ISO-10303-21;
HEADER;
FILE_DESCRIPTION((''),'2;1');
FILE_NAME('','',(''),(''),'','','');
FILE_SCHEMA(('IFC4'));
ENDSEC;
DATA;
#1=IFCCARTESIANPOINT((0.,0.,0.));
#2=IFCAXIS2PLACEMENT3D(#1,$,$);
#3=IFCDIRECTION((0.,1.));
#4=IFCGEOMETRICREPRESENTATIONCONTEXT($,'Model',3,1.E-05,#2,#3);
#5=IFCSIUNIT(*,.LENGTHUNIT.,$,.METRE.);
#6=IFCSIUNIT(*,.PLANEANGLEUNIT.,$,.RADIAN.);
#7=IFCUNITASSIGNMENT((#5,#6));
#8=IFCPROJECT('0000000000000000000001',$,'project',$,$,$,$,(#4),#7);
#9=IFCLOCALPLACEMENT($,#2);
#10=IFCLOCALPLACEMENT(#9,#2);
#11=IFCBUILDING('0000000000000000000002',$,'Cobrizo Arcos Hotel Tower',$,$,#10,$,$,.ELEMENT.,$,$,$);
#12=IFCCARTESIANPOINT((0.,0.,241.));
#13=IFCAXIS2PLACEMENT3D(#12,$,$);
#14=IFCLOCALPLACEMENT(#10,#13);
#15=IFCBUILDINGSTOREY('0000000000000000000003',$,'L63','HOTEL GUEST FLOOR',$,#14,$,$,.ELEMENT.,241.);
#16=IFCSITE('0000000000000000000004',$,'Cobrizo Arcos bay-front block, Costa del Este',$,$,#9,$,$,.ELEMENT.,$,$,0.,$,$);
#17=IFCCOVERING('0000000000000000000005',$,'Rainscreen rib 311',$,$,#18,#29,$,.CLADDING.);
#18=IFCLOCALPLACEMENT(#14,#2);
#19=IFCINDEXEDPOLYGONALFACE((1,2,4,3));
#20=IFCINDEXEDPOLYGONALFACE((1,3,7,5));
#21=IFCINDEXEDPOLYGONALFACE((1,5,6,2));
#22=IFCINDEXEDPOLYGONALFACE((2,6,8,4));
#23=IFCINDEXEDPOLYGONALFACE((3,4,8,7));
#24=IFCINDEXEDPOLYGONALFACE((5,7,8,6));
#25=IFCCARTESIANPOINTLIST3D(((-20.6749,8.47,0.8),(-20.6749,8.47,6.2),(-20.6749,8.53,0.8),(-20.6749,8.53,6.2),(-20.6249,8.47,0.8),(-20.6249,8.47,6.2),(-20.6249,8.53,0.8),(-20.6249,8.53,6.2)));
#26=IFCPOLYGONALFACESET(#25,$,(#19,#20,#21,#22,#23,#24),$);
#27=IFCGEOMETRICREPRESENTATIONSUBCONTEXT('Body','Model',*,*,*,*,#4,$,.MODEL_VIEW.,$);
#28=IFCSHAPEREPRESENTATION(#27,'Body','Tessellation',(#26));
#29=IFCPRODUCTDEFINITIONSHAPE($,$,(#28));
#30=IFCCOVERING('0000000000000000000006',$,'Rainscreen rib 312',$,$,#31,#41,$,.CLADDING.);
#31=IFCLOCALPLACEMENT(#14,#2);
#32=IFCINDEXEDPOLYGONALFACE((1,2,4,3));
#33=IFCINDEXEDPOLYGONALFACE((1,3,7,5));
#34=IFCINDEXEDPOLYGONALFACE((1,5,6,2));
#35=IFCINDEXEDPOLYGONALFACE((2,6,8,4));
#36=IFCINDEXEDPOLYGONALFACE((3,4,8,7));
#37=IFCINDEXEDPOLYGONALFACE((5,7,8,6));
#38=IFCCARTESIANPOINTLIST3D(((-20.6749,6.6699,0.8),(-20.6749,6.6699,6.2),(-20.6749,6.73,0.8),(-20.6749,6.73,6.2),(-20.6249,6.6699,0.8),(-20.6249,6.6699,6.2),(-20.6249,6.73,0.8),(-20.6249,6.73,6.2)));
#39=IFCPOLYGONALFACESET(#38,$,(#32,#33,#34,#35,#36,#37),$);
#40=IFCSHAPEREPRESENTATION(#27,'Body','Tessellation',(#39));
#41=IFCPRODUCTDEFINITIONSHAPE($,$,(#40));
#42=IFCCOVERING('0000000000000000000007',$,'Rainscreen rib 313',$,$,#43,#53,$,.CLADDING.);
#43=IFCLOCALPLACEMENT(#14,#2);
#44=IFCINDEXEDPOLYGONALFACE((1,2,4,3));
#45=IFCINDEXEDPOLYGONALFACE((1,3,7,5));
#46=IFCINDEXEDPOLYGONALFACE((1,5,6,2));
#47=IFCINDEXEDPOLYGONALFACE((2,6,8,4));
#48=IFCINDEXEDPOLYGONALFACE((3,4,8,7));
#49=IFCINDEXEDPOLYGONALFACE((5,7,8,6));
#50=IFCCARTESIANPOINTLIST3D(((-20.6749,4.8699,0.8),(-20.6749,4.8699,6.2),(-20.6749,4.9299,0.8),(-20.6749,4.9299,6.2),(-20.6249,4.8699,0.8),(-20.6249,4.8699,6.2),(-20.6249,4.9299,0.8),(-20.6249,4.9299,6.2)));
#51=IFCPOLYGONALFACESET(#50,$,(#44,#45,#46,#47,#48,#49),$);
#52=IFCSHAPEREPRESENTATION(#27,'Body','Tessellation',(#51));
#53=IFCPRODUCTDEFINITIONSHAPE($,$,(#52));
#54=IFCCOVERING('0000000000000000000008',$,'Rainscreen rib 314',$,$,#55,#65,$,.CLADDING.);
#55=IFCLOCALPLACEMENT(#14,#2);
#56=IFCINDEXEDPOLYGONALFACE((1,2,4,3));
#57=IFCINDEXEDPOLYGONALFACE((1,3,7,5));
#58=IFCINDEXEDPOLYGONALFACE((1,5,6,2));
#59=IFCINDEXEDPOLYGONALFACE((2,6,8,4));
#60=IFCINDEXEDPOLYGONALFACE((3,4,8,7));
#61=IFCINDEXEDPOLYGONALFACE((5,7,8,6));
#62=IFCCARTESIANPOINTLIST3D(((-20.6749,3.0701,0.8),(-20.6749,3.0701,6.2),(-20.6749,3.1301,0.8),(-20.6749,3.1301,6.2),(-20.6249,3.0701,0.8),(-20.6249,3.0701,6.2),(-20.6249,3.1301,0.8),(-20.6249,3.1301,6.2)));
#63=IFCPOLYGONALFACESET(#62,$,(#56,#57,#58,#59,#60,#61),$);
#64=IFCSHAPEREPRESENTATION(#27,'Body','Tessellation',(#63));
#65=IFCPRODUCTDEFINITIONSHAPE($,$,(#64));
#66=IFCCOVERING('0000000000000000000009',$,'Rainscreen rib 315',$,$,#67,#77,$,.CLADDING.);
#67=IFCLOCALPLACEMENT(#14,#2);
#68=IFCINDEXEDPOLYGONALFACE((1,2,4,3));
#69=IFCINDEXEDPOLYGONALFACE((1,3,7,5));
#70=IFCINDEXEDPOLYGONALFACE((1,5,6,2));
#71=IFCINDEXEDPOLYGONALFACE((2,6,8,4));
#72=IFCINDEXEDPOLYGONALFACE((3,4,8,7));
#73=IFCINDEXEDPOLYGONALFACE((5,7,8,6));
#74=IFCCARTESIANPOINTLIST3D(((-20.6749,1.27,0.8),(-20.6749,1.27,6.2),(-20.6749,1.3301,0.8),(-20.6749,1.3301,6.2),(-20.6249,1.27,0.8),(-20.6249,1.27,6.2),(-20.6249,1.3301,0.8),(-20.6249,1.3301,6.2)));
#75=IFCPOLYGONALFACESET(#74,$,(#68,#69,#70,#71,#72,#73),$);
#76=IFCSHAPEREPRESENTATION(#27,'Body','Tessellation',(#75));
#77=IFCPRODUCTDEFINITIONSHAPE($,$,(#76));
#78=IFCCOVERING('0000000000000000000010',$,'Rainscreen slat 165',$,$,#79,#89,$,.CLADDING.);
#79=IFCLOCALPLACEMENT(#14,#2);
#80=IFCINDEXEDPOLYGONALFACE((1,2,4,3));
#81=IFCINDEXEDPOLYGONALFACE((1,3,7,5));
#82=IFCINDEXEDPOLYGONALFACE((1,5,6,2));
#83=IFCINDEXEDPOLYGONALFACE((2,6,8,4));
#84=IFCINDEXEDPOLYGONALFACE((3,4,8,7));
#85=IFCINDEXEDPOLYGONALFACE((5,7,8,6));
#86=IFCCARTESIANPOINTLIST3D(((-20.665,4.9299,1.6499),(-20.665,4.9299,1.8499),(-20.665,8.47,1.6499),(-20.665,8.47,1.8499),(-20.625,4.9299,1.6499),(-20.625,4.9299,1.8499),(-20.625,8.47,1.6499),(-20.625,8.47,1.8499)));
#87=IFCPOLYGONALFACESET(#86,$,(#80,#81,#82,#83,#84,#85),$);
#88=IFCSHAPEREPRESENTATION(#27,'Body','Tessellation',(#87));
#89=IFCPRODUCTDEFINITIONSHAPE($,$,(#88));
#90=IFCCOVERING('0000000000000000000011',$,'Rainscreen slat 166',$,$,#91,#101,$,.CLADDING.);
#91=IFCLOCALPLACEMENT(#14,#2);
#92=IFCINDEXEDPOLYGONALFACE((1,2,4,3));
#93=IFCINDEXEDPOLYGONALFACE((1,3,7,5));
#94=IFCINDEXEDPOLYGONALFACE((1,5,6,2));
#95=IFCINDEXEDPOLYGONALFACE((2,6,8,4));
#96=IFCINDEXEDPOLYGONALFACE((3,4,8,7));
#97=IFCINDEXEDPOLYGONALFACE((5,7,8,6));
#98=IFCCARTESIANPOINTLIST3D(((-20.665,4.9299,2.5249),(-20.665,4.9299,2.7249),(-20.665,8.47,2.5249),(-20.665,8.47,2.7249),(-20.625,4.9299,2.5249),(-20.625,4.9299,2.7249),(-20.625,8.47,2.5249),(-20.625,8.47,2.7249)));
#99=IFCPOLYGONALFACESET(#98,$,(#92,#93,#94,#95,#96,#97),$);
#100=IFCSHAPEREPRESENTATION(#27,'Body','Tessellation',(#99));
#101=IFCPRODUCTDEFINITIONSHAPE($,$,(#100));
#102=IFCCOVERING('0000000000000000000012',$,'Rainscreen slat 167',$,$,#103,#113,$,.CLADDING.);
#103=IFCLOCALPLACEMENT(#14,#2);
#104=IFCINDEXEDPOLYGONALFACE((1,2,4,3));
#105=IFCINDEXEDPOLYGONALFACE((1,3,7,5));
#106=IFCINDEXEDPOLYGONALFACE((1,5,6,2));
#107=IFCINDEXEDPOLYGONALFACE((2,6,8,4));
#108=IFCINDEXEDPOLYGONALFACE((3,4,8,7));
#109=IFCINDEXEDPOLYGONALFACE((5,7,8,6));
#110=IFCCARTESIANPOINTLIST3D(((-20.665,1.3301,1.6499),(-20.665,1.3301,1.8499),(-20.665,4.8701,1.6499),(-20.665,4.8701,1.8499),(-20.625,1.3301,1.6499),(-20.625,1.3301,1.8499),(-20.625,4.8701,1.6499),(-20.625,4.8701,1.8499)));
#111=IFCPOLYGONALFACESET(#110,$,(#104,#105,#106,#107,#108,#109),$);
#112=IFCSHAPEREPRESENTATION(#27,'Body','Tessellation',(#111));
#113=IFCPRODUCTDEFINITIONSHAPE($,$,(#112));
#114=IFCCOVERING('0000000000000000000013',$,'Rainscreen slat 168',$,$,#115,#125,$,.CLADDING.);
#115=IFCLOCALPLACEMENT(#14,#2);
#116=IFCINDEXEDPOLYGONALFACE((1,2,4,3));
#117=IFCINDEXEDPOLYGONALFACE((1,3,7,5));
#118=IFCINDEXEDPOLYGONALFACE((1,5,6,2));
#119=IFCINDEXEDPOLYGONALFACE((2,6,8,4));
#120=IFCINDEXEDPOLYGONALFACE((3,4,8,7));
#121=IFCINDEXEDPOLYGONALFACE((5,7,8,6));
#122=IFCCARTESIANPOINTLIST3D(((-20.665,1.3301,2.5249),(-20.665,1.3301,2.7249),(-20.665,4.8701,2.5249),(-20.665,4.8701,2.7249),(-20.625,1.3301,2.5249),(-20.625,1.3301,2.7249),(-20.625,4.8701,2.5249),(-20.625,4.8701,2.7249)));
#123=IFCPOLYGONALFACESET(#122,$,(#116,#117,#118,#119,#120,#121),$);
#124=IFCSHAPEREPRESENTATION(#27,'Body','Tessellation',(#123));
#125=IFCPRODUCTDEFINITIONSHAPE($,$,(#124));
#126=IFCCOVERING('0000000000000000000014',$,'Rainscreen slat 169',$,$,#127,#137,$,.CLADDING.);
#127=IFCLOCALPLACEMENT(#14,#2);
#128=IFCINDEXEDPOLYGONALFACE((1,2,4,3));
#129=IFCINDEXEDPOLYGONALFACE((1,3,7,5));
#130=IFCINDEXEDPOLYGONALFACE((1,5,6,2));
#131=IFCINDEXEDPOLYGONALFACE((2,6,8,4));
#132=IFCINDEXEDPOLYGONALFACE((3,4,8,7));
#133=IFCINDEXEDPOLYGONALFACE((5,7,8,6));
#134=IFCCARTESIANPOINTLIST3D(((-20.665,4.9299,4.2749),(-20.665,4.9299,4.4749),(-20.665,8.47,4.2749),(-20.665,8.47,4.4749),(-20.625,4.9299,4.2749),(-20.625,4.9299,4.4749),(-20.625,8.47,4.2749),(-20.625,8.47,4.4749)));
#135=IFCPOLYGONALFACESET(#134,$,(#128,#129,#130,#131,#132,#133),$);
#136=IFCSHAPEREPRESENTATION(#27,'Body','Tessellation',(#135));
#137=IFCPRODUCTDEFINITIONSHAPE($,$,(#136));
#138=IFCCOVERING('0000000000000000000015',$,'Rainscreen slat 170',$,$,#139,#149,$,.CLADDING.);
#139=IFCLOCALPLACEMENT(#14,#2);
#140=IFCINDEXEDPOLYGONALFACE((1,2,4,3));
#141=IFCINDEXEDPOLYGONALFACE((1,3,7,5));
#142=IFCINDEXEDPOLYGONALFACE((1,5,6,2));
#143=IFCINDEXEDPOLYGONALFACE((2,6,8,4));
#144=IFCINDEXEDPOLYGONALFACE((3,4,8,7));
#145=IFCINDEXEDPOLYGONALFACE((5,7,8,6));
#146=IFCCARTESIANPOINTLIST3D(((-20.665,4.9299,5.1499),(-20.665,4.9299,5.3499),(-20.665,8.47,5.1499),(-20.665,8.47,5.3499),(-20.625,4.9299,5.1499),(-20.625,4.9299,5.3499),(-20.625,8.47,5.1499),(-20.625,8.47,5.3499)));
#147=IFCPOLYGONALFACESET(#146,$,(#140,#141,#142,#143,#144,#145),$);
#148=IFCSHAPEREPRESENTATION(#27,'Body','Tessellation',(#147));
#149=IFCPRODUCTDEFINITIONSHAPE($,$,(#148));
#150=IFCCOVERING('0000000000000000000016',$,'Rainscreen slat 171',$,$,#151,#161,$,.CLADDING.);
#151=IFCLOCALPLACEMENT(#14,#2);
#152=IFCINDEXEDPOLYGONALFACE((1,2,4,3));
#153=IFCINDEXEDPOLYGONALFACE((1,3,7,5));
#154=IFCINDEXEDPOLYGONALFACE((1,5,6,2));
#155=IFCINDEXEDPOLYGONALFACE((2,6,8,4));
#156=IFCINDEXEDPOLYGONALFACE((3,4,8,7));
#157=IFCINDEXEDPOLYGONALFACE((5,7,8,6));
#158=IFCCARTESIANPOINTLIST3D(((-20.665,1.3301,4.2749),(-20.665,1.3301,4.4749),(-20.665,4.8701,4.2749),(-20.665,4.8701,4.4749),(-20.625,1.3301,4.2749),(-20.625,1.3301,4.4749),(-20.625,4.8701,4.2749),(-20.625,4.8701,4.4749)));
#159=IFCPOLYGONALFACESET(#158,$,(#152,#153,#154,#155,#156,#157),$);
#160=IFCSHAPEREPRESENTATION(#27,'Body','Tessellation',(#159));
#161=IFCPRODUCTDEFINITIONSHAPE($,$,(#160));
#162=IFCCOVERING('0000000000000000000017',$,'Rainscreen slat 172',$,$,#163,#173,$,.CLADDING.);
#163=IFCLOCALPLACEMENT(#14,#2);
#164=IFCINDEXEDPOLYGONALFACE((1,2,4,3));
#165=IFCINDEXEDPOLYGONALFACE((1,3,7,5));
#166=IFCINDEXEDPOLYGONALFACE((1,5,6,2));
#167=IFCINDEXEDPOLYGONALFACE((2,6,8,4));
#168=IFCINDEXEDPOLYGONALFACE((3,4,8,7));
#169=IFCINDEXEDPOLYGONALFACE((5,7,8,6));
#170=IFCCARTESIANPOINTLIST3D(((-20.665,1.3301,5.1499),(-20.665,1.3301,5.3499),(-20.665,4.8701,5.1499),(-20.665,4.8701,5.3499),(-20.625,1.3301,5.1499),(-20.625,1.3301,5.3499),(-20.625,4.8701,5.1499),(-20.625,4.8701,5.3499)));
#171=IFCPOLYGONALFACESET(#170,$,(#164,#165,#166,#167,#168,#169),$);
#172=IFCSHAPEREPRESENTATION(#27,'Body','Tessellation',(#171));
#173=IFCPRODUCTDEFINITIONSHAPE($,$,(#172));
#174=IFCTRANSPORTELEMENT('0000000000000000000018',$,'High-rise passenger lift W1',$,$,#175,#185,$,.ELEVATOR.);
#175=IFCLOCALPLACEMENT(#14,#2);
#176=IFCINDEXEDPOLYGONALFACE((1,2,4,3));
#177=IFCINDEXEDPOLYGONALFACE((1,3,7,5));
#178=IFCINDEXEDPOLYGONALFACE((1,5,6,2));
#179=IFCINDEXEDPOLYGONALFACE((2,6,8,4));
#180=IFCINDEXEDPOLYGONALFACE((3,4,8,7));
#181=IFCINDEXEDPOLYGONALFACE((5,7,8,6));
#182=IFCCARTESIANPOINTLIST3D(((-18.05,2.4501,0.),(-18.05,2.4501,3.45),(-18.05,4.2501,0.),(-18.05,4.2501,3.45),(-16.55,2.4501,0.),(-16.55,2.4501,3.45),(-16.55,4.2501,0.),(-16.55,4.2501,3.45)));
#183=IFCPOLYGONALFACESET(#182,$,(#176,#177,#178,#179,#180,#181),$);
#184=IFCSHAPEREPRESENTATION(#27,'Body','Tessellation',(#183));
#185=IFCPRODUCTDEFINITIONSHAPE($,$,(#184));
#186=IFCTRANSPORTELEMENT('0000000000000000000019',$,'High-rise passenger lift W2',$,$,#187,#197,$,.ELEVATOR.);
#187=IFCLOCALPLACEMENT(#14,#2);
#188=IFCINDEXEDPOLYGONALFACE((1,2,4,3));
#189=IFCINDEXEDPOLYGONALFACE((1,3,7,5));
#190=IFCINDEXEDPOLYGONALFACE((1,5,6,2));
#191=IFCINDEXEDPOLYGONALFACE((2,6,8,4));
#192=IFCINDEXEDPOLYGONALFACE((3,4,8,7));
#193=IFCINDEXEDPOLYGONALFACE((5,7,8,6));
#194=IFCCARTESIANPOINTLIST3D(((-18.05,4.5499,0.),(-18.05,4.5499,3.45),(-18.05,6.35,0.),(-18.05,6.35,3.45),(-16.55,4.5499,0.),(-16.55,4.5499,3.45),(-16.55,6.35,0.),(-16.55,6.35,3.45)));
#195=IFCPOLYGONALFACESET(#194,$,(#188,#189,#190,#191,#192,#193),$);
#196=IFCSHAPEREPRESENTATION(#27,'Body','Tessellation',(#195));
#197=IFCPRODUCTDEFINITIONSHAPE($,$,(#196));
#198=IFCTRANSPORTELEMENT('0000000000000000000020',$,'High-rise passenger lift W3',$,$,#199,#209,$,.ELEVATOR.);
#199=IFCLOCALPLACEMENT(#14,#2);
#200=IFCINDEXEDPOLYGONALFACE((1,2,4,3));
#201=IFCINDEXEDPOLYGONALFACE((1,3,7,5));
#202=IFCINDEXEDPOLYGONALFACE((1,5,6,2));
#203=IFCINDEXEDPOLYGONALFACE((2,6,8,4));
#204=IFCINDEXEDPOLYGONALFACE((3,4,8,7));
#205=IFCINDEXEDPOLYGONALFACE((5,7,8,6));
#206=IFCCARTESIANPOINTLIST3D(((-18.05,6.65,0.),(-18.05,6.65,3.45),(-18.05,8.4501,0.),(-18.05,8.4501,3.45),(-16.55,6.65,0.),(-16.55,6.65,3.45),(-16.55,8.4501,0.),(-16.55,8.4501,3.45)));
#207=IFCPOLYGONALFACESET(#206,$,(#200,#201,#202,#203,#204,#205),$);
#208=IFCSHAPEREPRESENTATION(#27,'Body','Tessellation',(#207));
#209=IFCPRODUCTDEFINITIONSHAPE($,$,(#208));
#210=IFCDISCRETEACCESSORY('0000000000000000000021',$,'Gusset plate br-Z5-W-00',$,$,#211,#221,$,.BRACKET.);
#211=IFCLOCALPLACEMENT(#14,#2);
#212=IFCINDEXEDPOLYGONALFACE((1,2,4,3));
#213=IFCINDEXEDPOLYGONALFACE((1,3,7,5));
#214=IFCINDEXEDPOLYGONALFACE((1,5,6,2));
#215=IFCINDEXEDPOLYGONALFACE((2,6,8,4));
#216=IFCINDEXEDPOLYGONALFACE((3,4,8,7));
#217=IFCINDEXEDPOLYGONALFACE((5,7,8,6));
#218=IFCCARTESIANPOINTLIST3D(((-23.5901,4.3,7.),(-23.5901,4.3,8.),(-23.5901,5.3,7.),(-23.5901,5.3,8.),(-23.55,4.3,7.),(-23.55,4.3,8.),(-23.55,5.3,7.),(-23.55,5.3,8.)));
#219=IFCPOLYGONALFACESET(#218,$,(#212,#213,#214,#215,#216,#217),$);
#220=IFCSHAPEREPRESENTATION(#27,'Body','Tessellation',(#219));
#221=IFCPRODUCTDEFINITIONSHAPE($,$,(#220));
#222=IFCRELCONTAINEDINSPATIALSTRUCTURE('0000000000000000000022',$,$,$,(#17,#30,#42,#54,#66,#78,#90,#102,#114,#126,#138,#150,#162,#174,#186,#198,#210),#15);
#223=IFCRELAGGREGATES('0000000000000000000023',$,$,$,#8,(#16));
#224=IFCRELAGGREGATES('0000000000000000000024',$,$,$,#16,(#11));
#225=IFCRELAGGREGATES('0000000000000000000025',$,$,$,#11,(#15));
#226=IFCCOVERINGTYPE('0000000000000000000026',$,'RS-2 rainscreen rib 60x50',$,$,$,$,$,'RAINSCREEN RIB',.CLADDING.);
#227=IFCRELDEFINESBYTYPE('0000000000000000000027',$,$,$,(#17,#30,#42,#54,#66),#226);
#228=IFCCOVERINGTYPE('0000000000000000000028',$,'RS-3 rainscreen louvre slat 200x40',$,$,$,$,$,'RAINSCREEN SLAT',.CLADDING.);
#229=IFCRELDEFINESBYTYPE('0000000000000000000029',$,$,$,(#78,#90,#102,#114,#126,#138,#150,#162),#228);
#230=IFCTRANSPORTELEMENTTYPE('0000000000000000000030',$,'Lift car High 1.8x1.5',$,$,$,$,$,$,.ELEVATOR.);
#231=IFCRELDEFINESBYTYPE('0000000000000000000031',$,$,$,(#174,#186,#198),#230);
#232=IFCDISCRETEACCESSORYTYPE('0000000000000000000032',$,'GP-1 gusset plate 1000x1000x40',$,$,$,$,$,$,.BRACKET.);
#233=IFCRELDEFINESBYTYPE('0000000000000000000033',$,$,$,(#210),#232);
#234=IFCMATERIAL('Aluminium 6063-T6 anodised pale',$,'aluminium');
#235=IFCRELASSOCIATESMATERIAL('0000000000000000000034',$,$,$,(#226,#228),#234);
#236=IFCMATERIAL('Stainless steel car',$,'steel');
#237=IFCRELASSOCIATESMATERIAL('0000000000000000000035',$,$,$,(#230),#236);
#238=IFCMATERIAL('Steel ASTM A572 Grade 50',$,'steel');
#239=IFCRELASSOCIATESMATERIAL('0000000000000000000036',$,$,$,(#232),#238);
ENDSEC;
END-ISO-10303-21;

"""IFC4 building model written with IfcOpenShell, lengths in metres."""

from ifc_helpers import new_model, si_unit, direction, frame, origin, origin_2d, place, context, subcontext, project, spatial, rectangle, extrude, material, type_object, element, save


model = new_model("IFC4")

# Units and contexts
model_context = context("Model", 3, precision=1e-05, world=origin(), true_north=direction((0.0, 1.0)))
body_context = subcontext(model_context, "Body", "Model", "MODEL_VIEW")
ifc_project = project(units=[si_unit("LENGTHUNIT", "METRE"), si_unit("PLANEANGLEUNIT", "RADIAN")], contexts=[model_context])

# Site, building, storey
site_placement = place(None, origin())
site = spatial("IfcSite", under=ifc_project, at=site_placement, Name="Cobrizo Arcos bay-front block, Costa del Este", CompositionType="ELEMENT", RefElevation=0.0)
building_placement = place(site_placement, origin())
building = spatial("IfcBuilding", under=site, at=building_placement, Name="Cobrizo Arcos Hotel Tower", CompositionType="ELEMENT")
storey_placement = place(building_placement, frame((0.0, 0.0, 241.0)))
storey = spatial("IfcBuildingStorey", under=building, at=storey_placement, Name="L63", Description="HOTEL GUEST FLOOR", CompositionType="ELEMENT", Elevation=241.0)

# Coverings
ifc_material_1 = material(Name="Aluminium 6063-T6 anodised pale", Category="aluminium")
covering_type_1 = type_object("IfcCoveringType", Name="RS-2 rainscreen rib 60x50", ElementType="RAINSCREEN RIB", PredefinedType="CLADDING", material=ifc_material_1)
for number, where, z_axis, x_axis, name in (
    (1, (-20.6499, 8.5, 0.8), (0.0, 0.0, 1.0), (0.0, -1.0, 0.0), "Rainscreen rib 311"),
    (2, (-20.6499, 6.7, 0.8), (0.0, 0.0, 1.0), (0.0, -1.0, 0.0), "Rainscreen rib 312"),
    (3, (-20.6499, 4.8999, 0.8), (0.0, 0.0, 1.0), (0.0, -1.0, 0.0), "Rainscreen rib 313"),
    (4, (-20.6499, 3.1001, 0.8), (0.0, 0.0, 1.0), (0.0, -1.0, 0.0), "Rainscreen rib 314"),
    (5, (-20.6499, 1.3, 0.8), (0.0, 0.0, 1.0), (0.0, -1.0, 0.0), "Rainscreen rib 315"),
):
    element("IfcCovering", number, at=place(storey_placement, frame(where, z_axis=z_axis, x_axis=x_axis)), inside=storey, type_object=covering_type_1, Name=name, PredefinedType="CLADDING", context=body_context, shape_type="SweptSolid", body=[
        extrude(rectangle(XDim=0.0601, YDim=0.05, at=origin_2d()), origin(), (0.0, 0.0, 1.0), 5.3999),
    ])
covering_type_2 = type_object("IfcCoveringType", Name="RS-3 rainscreen louvre slat 200x40", ElementType="RAINSCREEN SLAT", PredefinedType="CLADDING", material=ifc_material_1)
for number, where, z_axis, x_axis, name in (
    (6, (-20.645, 6.7, 1.6499), (0.0, 0.0, 1.0), (0.0, -1.0, 0.0), "Rainscreen slat 165"),
    (7, (-20.645, 6.7, 2.5249), (0.0, 0.0, 1.0), (0.0, -1.0, 0.0), "Rainscreen slat 166"),
    (8, (-20.645, 3.1001, 1.6499), (0.0, 0.0, 1.0), (0.0, -1.0, 0.0), "Rainscreen slat 167"),
    (9, (-20.645, 3.1001, 2.5249), (0.0, 0.0, 1.0), (0.0, -1.0, 0.0), "Rainscreen slat 168"),
    (10, (-20.645, 6.7, 4.2749), (0.0, 0.0, 1.0), (0.0, -1.0, 0.0), "Rainscreen slat 169"),
    (11, (-20.645, 6.7, 5.1499), (0.0, 0.0, 1.0), (0.0, -1.0, 0.0), "Rainscreen slat 170"),
    (12, (-20.645, 3.1001, 4.2749), (0.0, 0.0, 1.0), (0.0, -1.0, 0.0), "Rainscreen slat 171"),
    (13, (-20.645, 3.1001, 5.1499), (0.0, 0.0, 1.0), (0.0, -1.0, 0.0), "Rainscreen slat 172"),
):
    element("IfcCovering", number, at=place(storey_placement, frame(where, z_axis=z_axis, x_axis=x_axis)), inside=storey, type_object=covering_type_2, Name=name, PredefinedType="CLADDING", context=body_context, shape_type="SweptSolid", body=[
        extrude(rectangle(XDim=3.54, YDim=0.04, at=origin_2d()), origin(), (0.0, 0.0, 1.0), 0.2),
    ])

# Transport elements
ifc_material_2 = material(Name="Stainless steel car", Category="steel")
transport_element_type = type_object("IfcTransportElementType", Name="Lift car High 1.8x1.5", PredefinedType="ELEVATOR", material=ifc_material_2)
for number, where, z_axis, x_axis, name in (
    (14, (-17.3, 3.3501, 0.0), (0.0, 0.0, 1.0), (1.0, 0.0, 0.0), "High-rise passenger lift W1"),
    (15, (-17.3, 5.45, 0.0), (0.0, 0.0, 1.0), (1.0, 0.0, 0.0), "High-rise passenger lift W2"),
    (16, (-17.3, 7.55, 0.0), (0.0, 0.0, 1.0), (1.0, 0.0, 0.0), "High-rise passenger lift W3"),
):
    element("IfcTransportElement", number, at=place(storey_placement, frame(where, z_axis=z_axis, x_axis=x_axis)), inside=storey, type_object=transport_element_type, Name=name, PredefinedType="ELEVATOR", context=body_context, shape_type="SweptSolid", body=[
        extrude(rectangle(XDim=1.5, YDim=1.8, at=origin_2d()), origin(), (0.0, 0.0, 1.0), 3.45),
    ])

# Discrete accessory
ifc_material_3 = material(Name="Steel ASTM A572 Grade 50", Category="steel")
discrete_accessory_type = type_object("IfcDiscreteAccessoryType", Name="GP-1 gusset plate 1000x1000x40", PredefinedType="BRACKET", material=ifc_material_3)
discrete_accessory_placement = place(storey_placement, frame((-23.5701, 4.8, 7.0), z_axis=(0.0, 0.0, 1.0), x_axis=(1.0, 0.0, 0.0)))
element("IfcDiscreteAccessory", 17, at=discrete_accessory_placement, inside=storey, type_object=discrete_accessory_type, Name="Gusset plate br-Z5-W-00", PredefinedType="BRACKET", context=body_context, shape_type="SweptSolid", body=[
    extrude(rectangle(XDim=0.04, YDim=1.0, at=origin_2d()), origin(), (0.0, 0.0, 1.0), 1.0),
])

save(model, "model.ifc")
